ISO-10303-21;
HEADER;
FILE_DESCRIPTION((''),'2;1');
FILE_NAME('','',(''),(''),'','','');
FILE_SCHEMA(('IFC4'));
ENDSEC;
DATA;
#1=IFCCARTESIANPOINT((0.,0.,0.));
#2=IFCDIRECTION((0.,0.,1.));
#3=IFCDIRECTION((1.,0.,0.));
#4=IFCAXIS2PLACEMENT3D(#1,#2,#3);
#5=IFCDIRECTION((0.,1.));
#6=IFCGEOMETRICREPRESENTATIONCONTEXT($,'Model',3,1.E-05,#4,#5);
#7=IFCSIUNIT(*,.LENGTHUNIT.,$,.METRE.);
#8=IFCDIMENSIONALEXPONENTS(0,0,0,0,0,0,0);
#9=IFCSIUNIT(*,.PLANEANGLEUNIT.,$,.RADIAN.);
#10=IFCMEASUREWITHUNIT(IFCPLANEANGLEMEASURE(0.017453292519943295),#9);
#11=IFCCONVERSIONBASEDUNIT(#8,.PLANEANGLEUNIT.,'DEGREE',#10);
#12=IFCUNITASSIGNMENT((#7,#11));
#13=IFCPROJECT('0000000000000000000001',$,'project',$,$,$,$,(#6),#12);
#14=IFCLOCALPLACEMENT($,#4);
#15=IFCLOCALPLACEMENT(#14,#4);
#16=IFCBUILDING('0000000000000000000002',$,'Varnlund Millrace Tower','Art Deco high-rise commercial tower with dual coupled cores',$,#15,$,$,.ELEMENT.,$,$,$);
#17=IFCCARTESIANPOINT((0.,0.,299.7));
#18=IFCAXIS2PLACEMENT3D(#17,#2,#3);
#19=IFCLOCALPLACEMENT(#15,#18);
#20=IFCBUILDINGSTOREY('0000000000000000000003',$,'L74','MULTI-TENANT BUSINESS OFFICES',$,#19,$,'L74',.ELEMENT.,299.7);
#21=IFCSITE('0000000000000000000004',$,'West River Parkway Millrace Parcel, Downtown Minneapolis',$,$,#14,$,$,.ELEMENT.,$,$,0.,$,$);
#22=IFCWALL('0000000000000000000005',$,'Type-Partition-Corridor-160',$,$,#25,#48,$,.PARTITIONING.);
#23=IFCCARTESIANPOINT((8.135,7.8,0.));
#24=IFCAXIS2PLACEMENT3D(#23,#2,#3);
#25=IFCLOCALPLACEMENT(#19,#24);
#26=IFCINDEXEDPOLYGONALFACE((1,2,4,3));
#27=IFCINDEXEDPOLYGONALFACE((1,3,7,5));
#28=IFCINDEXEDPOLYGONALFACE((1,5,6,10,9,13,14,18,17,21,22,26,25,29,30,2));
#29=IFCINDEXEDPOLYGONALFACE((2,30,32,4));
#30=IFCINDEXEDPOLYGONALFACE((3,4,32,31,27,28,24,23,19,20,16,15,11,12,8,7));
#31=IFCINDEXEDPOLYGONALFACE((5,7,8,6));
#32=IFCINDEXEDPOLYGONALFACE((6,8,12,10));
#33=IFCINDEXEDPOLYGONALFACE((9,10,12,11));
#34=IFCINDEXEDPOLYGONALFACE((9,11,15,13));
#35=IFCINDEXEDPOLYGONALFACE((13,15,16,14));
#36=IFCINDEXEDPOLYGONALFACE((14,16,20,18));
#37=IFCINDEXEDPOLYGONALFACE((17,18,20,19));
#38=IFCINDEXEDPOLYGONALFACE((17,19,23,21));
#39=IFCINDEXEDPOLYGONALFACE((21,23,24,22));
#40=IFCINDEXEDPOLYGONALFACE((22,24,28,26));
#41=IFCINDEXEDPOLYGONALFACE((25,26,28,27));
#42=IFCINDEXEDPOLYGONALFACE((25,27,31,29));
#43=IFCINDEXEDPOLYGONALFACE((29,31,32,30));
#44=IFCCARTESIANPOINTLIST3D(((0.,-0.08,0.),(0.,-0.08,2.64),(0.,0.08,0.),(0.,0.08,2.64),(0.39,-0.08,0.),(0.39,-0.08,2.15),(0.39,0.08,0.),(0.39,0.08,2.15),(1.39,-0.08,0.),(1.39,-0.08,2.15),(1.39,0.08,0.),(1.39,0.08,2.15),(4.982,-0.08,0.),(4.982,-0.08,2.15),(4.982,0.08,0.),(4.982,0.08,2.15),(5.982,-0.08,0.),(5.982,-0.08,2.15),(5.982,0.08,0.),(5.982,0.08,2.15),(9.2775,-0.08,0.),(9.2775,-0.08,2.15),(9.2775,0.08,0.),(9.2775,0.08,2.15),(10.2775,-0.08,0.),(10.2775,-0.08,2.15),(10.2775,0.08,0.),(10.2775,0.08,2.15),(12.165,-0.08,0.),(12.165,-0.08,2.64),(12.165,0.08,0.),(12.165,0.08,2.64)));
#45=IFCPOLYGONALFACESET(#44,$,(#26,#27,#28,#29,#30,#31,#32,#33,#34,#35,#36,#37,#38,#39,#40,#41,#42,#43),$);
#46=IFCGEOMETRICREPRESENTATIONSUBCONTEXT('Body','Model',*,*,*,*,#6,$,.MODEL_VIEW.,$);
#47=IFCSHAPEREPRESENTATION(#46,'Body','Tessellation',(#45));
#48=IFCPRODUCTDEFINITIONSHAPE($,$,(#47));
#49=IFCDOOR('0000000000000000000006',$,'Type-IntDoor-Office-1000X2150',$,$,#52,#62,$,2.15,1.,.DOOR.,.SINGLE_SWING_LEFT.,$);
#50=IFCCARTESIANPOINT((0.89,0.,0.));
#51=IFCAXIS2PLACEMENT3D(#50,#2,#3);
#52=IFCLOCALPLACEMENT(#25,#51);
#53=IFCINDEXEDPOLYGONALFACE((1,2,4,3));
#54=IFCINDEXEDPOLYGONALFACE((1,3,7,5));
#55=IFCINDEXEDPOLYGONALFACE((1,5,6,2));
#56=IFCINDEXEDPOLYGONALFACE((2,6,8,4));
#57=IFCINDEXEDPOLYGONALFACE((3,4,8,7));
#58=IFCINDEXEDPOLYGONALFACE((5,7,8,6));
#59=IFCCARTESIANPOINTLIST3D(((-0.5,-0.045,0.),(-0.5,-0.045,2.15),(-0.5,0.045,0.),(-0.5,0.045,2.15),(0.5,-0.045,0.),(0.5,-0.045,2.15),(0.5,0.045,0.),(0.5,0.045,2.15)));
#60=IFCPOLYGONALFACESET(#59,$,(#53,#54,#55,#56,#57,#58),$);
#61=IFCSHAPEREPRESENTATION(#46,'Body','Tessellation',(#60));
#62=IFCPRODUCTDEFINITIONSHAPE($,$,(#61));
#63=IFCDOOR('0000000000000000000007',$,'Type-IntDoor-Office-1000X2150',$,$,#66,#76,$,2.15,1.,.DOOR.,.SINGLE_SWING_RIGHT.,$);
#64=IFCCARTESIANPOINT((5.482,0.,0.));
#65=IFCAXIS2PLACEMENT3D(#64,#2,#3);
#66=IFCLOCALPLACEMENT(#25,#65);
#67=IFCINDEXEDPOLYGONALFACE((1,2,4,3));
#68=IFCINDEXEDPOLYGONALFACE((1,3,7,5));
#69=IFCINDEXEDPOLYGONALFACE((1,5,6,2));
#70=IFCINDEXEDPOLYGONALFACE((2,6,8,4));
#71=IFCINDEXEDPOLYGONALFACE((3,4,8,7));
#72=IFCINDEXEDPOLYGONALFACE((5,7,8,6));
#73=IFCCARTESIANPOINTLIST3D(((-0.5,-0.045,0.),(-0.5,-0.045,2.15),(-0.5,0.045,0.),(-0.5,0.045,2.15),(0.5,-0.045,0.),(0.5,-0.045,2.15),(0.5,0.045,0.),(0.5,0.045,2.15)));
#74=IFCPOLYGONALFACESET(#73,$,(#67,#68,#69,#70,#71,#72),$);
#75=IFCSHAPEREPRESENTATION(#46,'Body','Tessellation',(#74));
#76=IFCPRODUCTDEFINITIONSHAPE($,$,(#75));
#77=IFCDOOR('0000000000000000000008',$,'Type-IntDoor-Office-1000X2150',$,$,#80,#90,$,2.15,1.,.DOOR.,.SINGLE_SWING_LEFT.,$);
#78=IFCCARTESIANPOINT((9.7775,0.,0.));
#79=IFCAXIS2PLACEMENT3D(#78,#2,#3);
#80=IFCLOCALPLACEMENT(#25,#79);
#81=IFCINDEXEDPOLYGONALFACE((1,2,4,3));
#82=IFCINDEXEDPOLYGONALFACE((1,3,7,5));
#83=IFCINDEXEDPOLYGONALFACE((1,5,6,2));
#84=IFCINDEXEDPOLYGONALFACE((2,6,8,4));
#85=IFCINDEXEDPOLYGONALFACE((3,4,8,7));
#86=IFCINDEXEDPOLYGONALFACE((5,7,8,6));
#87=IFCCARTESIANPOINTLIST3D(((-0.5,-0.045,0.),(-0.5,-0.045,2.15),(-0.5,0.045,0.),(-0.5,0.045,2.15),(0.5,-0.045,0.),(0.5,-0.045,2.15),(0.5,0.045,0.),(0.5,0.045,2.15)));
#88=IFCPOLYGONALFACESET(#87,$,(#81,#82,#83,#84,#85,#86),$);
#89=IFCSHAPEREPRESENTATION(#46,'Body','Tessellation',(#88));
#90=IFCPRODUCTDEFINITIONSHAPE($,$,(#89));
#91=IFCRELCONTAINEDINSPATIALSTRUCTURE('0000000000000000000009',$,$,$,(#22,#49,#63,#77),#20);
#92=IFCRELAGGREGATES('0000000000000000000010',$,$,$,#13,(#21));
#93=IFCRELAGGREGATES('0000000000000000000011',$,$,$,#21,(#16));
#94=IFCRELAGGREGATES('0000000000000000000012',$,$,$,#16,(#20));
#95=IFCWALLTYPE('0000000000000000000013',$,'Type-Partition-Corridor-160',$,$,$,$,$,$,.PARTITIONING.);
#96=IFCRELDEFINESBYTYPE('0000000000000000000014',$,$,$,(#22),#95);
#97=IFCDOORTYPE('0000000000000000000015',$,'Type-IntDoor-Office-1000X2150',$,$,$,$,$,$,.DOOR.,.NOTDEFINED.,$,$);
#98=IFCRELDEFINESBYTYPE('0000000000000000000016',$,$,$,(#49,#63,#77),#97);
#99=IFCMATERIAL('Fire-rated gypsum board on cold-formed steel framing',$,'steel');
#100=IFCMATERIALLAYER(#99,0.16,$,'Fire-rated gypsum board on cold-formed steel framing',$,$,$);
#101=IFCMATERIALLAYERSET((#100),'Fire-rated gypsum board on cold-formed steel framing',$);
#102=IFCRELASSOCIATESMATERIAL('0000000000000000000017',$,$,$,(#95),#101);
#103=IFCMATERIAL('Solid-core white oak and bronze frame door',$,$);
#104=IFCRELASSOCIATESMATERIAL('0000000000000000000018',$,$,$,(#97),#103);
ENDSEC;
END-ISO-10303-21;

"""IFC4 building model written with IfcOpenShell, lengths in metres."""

from ifc_helpers import new_model, entity, si_unit, converted_unit, direction, frame, origin_with_axes, origin_2d_with_axis, place, context, subcontext, project, spatial, polyline, rectangle, outline, extrude, material, layer, layer_set, type_object, element, fill, save


model = new_model("IFC4")

# Units and contexts
model_context = context("Model", 3, precision=1e-05, world=origin_with_axes(), true_north=direction((0.0, 1.0)))
body_context = subcontext(model_context, "Body", "Model", "MODEL_VIEW")
ifc_project = project(units=[si_unit("LENGTHUNIT", "METRE"), converted_unit("PLANEANGLEUNIT", "DEGREE", entity("IfcPlaneAngleMeasure", 0.017453292519943295), si_unit("PLANEANGLEUNIT", "RADIAN"), dimensions=[0, 0, 0, 0, 0, 0, 0])], contexts=[model_context])

# Site, building, storey
site_placement = place(None, origin_with_axes())
site = spatial("IfcSite", under=ifc_project, at=site_placement, Name="West River Parkway Millrace Parcel, Downtown Minneapolis", CompositionType="ELEMENT", RefElevation=0.0)
building_placement = place(site_placement, origin_with_axes())
building = spatial("IfcBuilding", under=site, at=building_placement, Name="Varnlund Millrace Tower", Description="Art Deco high-rise commercial tower with dual coupled cores", CompositionType="ELEMENT")
storey_placement = place(building_placement, frame((0.0, 0.0, 299.7), z_axis=(0.0, 0.0, 1.0), x_axis=(1.0, 0.0, 0.0)))
storey = spatial("IfcBuildingStorey", under=building, at=storey_placement, Name="L74", Description="MULTI-TENANT BUSINESS OFFICES", LongName="L74", CompositionType="ELEMENT", Elevation=299.7)

# Wall, openings, doors
ifc_material_1 = material(Name="Fire-rated gypsum board on cold-formed steel framing", Category="steel")
ifc_layer_1 = layer(ifc_material_1, 0.16, Name="Fire-rated gypsum board on cold-formed steel framing")
ifc_layer_set_1 = layer_set([ifc_layer_1], Name="Fire-rated gypsum board on cold-formed steel framing")
wall_type_1 = type_object("IfcWallType", Name="Type-Partition-Corridor-160", PredefinedType="PARTITIONING", material=ifc_layer_set_1)
wall_1_placement = place(storey_placement, frame((8.135, 7.8, 0.0), z_axis=(0.0, 0.0, 1.0), x_axis=(1.0, 0.0, 0.0)))
wall_1 = element("IfcWall", 1, at=wall_1_placement, inside=storey, type_object=wall_type_1, Name="Type-Partition-Corridor-160", PredefinedType="PARTITIONING", context=body_context, shape_type="SweptSolid", body=[
    extrude(outline(polyline([(0.0, -0.08), (12.165, -0.08), (12.165, 0.08), (0.0, 0.08), (0.0, -0.08)])), origin_with_axes(), (0.0, 0.0, 1.0), 2.64),
])
opening_1_placement = place(wall_1_placement, frame((0.89, 0.0, 0.0), z_axis=(0.0, 0.0, 1.0), x_axis=(1.0, 0.0, 0.0)))
opening_1 = element("IfcOpeningElement", 2, at=opening_1_placement, cuts=wall_1, PredefinedType="OPENING", context=body_context, shape_type="SweptSolid", body=[
    extrude(rectangle(XDim=1.0, YDim=0.18, at=origin_2d_with_axis()), origin_with_axes(), (0.0, 0.0, 1.0), 2.15),
])
opening_2_placement = place(wall_1_placement, frame((5.482, 0.0, 0.0), z_axis=(0.0, 0.0, 1.0), x_axis=(1.0, 0.0, 0.0)))
opening_2 = element("IfcOpeningElement", 3, at=opening_2_placement, cuts=wall_1, PredefinedType="OPENING", context=body_context, shape_type="SweptSolid", body=[
    extrude(rectangle(XDim=1.0, YDim=0.18, at=origin_2d_with_axis()), origin_with_axes(), (0.0, 0.0, 1.0), 2.15),
])
opening_3_placement = place(wall_1_placement, frame((9.7775, 0.0, 0.0), z_axis=(0.0, 0.0, 1.0), x_axis=(1.0, 0.0, 0.0)))
opening_3 = element("IfcOpeningElement", 4, at=opening_3_placement, cuts=wall_1, PredefinedType="OPENING", context=body_context, shape_type="SweptSolid", body=[
    extrude(rectangle(XDim=1.0, YDim=0.18, at=origin_2d_with_axis()), origin_with_axes(), (0.0, 0.0, 1.0), 2.15),
])
ifc_material_2 = material(Name="Solid-core white oak and bronze frame door")
door_type_1 = type_object("IfcDoorType", Name="Type-IntDoor-Office-1000X2150", OperationType="NOTDEFINED", PredefinedType="DOOR", material=ifc_material_2)
door_1_placement = place(wall_1_placement, frame((0.89, 0.0, 0.0), z_axis=(0.0, 0.0, 1.0), x_axis=(1.0, 0.0, 0.0)))
door_1 = element("IfcDoor", 5, at=door_1_placement, inside=storey, type_object=door_type_1, Name="Type-IntDoor-Office-1000X2150", OperationType="SINGLE_SWING_LEFT", OverallHeight=2.15, OverallWidth=1.0, PredefinedType="DOOR", context=body_context, shape_type="SweptSolid", body=[
    extrude(rectangle(XDim=1.0, YDim=0.09, at=origin_2d_with_axis()), origin_with_axes(), (0.0, 0.0, 1.0), 2.15),
])
fill(opening_1, door_1)
door_2_placement = place(wall_1_placement, frame((5.482, 0.0, 0.0), z_axis=(0.0, 0.0, 1.0), x_axis=(1.0, 0.0, 0.0)))
door_2 = element("IfcDoor", 6, at=door_2_placement, inside=storey, type_object=door_type_1, Name="Type-IntDoor-Office-1000X2150", OperationType="SINGLE_SWING_RIGHT", OverallHeight=2.15, OverallWidth=1.0, PredefinedType="DOOR", context=body_context, shape_type="SweptSolid", body=[
    extrude(rectangle(XDim=1.0, YDim=0.09, at=origin_2d_with_axis()), origin_with_axes(), (0.0, 0.0, 1.0), 2.15),
])
fill(opening_2, door_2)
door_3_placement = place(wall_1_placement, frame((9.7775, 0.0, 0.0), z_axis=(0.0, 0.0, 1.0), x_axis=(1.0, 0.0, 0.0)))
door_3 = element("IfcDoor", 7, at=door_3_placement, inside=storey, type_object=door_type_1, Name="Type-IntDoor-Office-1000X2150", OperationType="SINGLE_SWING_LEFT", OverallHeight=2.15, OverallWidth=1.0, PredefinedType="DOOR", context=body_context, shape_type="SweptSolid", body=[
    extrude(rectangle(XDim=1.0, YDim=0.09, at=origin_2d_with_axis()), origin_with_axes(), (0.0, 0.0, 1.0), 2.15),
])
fill(opening_3, door_3)

save(model, "model.ifc")
